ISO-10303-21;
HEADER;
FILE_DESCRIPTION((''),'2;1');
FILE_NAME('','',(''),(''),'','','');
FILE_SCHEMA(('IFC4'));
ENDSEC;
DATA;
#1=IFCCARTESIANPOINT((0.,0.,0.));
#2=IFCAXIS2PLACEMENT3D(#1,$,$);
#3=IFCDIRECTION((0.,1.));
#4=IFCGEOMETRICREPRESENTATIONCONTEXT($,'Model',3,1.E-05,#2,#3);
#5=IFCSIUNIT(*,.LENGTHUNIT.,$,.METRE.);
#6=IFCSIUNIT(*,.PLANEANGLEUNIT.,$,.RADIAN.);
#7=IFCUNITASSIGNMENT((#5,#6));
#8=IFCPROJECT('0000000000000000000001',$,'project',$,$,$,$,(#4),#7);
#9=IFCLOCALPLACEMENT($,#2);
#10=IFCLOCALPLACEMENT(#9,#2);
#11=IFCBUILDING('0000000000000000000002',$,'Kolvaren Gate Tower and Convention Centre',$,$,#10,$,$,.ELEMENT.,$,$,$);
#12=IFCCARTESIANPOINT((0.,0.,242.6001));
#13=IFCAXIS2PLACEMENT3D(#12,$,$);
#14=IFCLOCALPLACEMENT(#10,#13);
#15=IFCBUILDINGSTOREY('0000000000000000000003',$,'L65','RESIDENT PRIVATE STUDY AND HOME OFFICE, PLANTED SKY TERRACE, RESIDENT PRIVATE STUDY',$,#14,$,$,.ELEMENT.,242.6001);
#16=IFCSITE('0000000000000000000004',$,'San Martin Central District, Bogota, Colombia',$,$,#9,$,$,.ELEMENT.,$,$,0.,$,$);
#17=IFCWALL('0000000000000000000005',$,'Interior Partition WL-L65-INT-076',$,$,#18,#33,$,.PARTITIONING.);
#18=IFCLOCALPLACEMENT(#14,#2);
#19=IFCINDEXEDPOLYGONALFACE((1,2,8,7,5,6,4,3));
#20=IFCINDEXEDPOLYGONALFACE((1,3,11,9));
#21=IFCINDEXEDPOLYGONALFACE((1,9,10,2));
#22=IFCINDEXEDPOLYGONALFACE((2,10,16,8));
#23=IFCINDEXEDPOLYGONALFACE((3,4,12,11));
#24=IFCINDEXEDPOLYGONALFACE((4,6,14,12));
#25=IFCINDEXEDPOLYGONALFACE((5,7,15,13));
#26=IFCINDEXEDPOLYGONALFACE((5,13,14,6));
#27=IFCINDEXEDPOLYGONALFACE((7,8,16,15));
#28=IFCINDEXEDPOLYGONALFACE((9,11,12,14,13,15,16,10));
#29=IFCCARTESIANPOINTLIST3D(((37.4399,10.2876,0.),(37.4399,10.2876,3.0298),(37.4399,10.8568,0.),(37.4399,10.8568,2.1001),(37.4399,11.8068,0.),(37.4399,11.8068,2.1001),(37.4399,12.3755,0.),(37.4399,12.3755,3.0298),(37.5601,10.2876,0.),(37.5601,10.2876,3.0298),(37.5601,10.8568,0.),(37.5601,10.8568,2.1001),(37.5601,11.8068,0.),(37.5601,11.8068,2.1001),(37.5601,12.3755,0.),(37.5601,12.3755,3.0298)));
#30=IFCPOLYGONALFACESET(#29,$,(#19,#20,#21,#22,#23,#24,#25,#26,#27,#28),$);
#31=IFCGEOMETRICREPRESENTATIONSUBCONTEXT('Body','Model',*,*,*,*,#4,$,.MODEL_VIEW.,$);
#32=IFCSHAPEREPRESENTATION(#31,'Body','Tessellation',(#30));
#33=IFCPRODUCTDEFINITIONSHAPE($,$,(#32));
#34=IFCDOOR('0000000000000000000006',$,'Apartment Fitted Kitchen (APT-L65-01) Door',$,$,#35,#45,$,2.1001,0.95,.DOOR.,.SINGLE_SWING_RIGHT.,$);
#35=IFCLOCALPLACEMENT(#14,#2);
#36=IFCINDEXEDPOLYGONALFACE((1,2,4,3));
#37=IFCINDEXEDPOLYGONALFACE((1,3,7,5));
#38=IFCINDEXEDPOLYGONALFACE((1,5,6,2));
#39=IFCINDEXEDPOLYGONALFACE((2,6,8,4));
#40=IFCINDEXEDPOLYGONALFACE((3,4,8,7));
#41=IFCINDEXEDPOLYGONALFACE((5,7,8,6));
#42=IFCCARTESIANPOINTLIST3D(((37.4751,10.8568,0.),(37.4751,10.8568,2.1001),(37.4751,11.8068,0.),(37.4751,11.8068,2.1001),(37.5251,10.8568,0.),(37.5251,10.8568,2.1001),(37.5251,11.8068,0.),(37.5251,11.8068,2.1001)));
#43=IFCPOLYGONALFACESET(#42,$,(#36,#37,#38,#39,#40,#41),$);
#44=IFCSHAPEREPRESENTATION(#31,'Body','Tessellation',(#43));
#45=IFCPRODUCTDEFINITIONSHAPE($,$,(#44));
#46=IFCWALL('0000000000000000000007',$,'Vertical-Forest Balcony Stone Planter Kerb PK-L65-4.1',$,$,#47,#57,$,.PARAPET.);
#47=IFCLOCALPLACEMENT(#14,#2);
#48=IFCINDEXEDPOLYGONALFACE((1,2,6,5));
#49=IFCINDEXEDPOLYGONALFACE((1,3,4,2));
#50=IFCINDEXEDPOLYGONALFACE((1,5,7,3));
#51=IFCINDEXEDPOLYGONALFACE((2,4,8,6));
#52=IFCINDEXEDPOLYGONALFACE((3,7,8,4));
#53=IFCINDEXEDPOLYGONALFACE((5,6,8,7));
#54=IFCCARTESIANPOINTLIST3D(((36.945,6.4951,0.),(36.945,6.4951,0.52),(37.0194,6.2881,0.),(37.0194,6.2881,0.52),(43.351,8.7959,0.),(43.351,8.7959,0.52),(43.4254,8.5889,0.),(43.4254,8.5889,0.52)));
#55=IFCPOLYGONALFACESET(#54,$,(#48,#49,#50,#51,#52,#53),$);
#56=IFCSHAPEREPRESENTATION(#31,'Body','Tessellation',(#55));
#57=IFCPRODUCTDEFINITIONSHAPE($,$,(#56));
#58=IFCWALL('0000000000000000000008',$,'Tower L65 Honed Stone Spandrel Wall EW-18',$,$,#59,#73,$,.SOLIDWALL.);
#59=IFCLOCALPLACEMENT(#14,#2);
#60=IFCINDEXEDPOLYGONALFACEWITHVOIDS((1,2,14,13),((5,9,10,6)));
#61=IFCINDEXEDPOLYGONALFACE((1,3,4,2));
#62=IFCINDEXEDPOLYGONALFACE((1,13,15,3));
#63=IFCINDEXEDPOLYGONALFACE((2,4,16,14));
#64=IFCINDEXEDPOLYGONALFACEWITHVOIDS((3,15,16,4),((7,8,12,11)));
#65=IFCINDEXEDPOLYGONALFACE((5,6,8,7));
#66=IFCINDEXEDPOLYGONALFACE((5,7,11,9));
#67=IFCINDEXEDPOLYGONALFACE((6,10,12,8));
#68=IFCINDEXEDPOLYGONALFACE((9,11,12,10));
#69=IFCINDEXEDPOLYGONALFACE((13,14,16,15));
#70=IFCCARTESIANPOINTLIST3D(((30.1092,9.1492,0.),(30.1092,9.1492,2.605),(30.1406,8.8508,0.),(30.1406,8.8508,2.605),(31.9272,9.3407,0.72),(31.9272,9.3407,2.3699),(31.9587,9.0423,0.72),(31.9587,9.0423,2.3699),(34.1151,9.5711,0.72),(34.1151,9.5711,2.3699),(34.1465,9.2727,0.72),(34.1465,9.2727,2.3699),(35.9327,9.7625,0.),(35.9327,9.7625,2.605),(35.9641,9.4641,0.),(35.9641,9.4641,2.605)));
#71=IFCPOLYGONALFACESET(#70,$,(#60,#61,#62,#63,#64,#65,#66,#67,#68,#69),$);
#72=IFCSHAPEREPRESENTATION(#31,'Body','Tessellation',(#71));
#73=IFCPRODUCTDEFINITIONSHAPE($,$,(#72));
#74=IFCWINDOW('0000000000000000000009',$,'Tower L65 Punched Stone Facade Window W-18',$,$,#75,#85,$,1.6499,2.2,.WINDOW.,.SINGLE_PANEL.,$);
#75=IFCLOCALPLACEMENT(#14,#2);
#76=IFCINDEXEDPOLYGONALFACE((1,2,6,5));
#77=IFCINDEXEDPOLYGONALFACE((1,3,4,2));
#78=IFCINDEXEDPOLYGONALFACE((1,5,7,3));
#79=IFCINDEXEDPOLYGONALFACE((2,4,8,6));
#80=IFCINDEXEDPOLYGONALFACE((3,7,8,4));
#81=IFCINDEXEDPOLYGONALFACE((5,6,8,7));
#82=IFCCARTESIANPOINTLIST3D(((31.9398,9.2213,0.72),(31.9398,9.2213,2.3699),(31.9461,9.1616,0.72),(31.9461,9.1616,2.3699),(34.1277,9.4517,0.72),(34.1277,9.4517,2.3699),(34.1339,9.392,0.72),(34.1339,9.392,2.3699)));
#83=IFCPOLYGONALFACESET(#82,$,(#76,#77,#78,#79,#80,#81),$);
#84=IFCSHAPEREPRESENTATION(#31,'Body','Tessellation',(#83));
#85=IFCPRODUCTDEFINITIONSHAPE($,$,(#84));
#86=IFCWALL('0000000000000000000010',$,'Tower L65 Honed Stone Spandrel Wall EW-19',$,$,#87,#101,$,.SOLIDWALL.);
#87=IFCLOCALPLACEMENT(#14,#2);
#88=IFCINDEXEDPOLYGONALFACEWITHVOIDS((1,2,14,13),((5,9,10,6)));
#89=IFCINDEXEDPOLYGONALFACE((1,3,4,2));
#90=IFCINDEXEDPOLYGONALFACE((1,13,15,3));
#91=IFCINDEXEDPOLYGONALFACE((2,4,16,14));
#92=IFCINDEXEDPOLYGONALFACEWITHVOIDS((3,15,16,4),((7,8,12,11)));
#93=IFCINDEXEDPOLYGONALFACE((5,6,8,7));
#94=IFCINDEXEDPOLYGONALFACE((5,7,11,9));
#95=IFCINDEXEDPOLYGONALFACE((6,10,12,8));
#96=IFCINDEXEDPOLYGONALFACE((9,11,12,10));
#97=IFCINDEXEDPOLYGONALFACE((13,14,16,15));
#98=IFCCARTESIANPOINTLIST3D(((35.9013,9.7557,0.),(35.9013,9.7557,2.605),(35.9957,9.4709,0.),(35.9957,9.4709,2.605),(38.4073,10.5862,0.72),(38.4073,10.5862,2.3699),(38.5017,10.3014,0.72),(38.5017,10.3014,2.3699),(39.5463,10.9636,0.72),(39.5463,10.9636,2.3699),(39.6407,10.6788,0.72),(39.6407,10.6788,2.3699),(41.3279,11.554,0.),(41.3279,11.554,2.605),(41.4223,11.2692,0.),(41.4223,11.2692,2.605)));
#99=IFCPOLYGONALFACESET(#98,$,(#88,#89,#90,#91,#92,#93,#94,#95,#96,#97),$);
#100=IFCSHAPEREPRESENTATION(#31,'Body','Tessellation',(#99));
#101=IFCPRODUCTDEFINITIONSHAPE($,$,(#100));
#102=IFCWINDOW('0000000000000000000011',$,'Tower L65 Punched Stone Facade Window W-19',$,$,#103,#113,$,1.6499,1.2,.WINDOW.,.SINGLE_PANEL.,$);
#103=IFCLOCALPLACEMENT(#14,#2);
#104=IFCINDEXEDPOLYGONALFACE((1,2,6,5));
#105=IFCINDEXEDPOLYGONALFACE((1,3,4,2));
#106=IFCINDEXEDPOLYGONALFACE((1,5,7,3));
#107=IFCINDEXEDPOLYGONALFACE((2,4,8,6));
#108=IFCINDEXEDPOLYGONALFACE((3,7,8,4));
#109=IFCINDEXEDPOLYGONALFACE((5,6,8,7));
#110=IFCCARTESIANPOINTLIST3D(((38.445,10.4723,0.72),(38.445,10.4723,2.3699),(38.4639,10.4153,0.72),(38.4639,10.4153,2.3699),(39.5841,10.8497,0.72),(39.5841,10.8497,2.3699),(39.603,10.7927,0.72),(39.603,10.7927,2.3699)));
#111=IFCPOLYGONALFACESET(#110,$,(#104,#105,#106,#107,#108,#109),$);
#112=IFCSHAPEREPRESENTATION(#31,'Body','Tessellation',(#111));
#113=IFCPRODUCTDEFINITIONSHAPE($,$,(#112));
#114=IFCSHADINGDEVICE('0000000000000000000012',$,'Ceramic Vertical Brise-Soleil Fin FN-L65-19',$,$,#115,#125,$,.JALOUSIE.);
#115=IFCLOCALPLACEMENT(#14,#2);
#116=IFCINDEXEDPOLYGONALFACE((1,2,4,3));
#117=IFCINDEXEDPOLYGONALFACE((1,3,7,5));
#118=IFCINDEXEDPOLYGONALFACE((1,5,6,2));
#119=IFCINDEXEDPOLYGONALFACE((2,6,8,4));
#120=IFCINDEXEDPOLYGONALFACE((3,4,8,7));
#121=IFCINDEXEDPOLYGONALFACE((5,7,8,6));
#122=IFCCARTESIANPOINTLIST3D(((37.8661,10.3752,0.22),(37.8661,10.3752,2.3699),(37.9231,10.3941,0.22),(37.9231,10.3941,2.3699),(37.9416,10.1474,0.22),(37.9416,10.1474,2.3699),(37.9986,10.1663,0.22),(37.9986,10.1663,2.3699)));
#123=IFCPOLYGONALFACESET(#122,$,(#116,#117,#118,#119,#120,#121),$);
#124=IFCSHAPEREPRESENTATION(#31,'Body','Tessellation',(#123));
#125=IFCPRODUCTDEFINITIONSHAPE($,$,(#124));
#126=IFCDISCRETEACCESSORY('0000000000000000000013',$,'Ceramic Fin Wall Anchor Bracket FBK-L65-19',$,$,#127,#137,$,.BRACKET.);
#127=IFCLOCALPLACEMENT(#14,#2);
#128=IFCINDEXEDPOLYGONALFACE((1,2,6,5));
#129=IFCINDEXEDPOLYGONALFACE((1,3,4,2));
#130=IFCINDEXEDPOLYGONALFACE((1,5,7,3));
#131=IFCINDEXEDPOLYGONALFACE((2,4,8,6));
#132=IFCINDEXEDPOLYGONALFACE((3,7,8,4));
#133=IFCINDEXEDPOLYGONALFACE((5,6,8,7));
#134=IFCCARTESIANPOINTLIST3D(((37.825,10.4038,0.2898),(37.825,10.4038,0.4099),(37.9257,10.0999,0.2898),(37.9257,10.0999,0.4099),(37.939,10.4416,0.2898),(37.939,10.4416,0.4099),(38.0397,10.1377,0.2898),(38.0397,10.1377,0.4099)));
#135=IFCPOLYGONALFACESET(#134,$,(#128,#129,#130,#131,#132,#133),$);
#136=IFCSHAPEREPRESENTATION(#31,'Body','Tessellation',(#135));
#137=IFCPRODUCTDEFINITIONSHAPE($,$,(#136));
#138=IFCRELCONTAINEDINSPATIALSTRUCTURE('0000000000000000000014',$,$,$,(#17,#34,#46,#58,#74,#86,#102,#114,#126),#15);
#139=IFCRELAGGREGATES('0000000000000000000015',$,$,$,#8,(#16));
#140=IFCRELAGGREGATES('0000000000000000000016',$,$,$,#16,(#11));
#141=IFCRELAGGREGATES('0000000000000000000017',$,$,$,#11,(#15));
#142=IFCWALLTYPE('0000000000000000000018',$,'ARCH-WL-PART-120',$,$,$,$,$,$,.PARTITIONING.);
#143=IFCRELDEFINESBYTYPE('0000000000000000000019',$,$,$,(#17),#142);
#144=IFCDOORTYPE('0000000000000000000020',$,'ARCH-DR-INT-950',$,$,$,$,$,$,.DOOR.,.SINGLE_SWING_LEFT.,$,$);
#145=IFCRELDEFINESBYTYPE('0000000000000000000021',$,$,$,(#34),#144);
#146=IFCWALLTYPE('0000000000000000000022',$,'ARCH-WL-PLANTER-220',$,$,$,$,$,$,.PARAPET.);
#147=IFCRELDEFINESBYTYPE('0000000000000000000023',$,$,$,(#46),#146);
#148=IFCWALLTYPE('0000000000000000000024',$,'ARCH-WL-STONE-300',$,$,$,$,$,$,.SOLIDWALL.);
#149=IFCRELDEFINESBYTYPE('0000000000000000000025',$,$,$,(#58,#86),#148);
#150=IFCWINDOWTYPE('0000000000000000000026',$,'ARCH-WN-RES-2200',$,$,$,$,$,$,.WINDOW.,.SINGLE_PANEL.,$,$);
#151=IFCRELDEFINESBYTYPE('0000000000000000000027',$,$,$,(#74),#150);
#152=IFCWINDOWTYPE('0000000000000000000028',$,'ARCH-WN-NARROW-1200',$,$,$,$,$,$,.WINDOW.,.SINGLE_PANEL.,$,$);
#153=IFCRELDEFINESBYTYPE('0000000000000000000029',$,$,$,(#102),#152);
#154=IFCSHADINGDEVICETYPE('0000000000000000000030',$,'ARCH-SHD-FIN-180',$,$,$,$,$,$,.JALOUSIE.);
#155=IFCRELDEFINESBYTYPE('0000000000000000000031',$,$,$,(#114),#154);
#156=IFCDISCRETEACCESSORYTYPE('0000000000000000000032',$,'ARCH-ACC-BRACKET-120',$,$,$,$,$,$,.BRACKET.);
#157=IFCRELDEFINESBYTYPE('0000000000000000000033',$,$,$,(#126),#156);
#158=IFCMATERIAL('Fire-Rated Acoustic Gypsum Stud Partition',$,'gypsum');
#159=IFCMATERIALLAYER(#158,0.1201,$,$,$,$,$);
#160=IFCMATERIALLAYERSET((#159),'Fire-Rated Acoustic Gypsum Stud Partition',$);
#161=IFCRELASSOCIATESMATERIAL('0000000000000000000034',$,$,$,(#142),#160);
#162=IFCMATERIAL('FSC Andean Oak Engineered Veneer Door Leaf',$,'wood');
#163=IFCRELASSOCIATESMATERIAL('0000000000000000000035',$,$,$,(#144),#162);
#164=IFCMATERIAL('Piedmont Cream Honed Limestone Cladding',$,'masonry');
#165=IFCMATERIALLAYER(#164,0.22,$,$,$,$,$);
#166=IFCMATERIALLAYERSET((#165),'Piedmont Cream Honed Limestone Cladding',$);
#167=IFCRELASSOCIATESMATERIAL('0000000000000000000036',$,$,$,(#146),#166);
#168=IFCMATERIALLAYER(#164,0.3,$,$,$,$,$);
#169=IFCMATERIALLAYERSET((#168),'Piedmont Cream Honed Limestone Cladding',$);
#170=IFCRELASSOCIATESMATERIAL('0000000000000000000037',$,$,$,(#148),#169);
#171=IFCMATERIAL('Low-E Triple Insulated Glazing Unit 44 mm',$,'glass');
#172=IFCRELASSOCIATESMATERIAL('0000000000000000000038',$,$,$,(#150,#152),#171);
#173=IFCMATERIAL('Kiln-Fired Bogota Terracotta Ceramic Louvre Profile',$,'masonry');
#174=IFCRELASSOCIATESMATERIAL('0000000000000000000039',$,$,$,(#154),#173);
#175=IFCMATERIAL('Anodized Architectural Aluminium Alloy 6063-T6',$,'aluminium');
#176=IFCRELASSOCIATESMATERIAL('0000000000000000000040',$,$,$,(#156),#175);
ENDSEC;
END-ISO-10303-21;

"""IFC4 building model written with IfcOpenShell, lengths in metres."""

from ifc_helpers import new_model, si_unit, direction, frame, frame_2d, origin, origin_2d, place, context, subcontext, project, spatial, rectangle, extrude, material, layer, layer_set, type_object, element, fill, save


model = new_model("IFC4")

# Units and contexts
model_context = context("Model", 3, precision=1e-05, world=origin(), true_north=direction((0.0, 1.0)))
body_context = subcontext(model_context, "Body", "Model", "MODEL_VIEW")
ifc_project = project(units=[si_unit("LENGTHUNIT", "METRE"), si_unit("PLANEANGLEUNIT", "RADIAN")], contexts=[model_context])

# Site, building, storey
site_placement = place(None, origin())
site = spatial("IfcSite", under=ifc_project, at=site_placement, Name="San Martin Central District, Bogota, Colombia", CompositionType="ELEMENT", RefElevation=0.0)
building_placement = place(site_placement, origin())
building = spatial("IfcBuilding", under=site, at=building_placement, Name="Kolvaren Gate Tower and Convention Centre", CompositionType="ELEMENT")
storey_placement = place(building_placement, frame((0.0, 0.0, 242.6001)))
storey = spatial("IfcBuildingStorey", under=building, at=storey_placement, Name="L65", Description="RESIDENT PRIVATE STUDY AND HOME OFFICE, PLANTED SKY TERRACE, RESIDENT PRIVATE STUDY", CompositionType="ELEMENT", Elevation=242.6001)

# Shared definitions
ifc_material_1 = material(Name="Fire-Rated Acoustic Gypsum Stud Partition", Category="gypsum")
ifc_layer_1 = layer(ifc_material_1, 0.1201)
ifc_layer_set_1 = layer_set([ifc_layer_1], Name="Fire-Rated Acoustic Gypsum Stud Partition")
wall_type_1 = type_object("IfcWallType", Name="ARCH-WL-PART-120", PredefinedType="PARTITIONING", material=ifc_layer_set_1)

# Wall, opening, door
wall_1_placement = place(storey_placement, frame((37.5, 10.2876, 0.0), z_axis=(0.0, 0.0, 1.0), x_axis=(0.0, 1.0, 0.0)))
wall_1 = element("IfcWall", 1, at=wall_1_placement, inside=storey, type_object=wall_type_1, Name="Interior Partition WL-L65-INT-076", PredefinedType="PARTITIONING", context=body_context, shape_type="SweptSolid", body=[
    extrude(rectangle(XDim=2.0879, YDim=0.1201, at=frame_2d((1.0439, 0.0))), origin(), (0.0, 0.0, 1.0), 3.0298),
])
opening_1_placement = place(wall_1_placement, frame((0.5691, 0.0, 0.0)))
opening_1 = element("IfcOpeningElement", 2, at=opening_1_placement, cuts=wall_1, PredefinedType="OPENING", context=body_context, shape_type="SweptSolid", body=[
    extrude(rectangle(XDim=0.95, YDim=2.1001, at=frame_2d((0.4751, 1.05))), frame((0.0, 0.0701, 0.0), z_axis=(0.0, -1.0, 0.0), x_axis=(1.0, 0.0, 0.0)), (0.0, 0.0, 1.0), 0.1401),
])
ifc_material_2 = material(Name="FSC Andean Oak Engineered Veneer Door Leaf", Category="wood")
door_type = type_object("IfcDoorType", Name="ARCH-DR-INT-950", OperationType="SINGLE_SWING_LEFT", PredefinedType="DOOR", material=ifc_material_2)
door_placement = place(opening_1_placement, origin())
door = element("IfcDoor", 3, at=door_placement, inside=storey, type_object=door_type, Name="Apartment Fitted Kitchen (APT-L65-01) Door", OperationType="SINGLE_SWING_RIGHT", OverallHeight=2.1001, OverallWidth=0.95, PredefinedType="DOOR", context=body_context, shape_type="SweptSolid", body=[
    extrude(rectangle(XDim=0.95, YDim=2.1001, at=frame_2d((0.4751, 1.05))), frame((0.0, 0.0249, 0.0), z_axis=(0.0, -1.0, 0.0), x_axis=(1.0, 0.0, 0.0)), (0.0, 0.0, 1.0), 0.05),
])
fill(opening_1, door)

# Wall
ifc_material_3 = material(Name="Piedmont Cream Honed Limestone Cladding", Category="masonry")
ifc_layer_2 = layer(ifc_material_3, 0.22)
ifc_layer_set_2 = layer_set([ifc_layer_2], Name="Piedmont Cream Honed Limestone Cladding")
wall_type_2 = type_object("IfcWallType", Name="ARCH-WL-PLANTER-220", PredefinedType="PARAPET", material=ifc_layer_set_2)
wall_2_placement = place(storey_placement, frame((36.9822, 6.3916, 0.0), z_axis=(0.0, 0.0, 1.0), x_axis=(0.941139, 0.33802, 0.0)))
element("IfcWall", 4, at=wall_2_placement, inside=storey, type_object=wall_type_2, Name="Vertical-Forest Balcony Stone Planter Kerb PK-L65-4.1", PredefinedType="PARAPET", context=body_context, shape_type="SweptSolid", body=[
    extrude(rectangle(XDim=6.8066, YDim=0.22, at=frame_2d((3.4033, 0.0))), origin(), (0.0, 0.0, 1.0), 0.52),
])

# Walls, openings, windows
ifc_layer_3 = layer(ifc_material_3, 0.3)
ifc_layer_set_3 = layer_set([ifc_layer_3], Name="Piedmont Cream Honed Limestone Cladding")
wall_type_3 = type_object("IfcWallType", Name="ARCH-WL-STONE-300", PredefinedType="SOLIDWALL", material=ifc_layer_set_3)
wall_3_placement = place(storey_placement, frame((30.125, 9.0, 0.0), z_axis=(0.0, 0.0, 1.0), x_axis=(0.9945, 0.104733, 0.0)))
wall_3 = element("IfcWall", 5, at=wall_3_placement, inside=storey, type_object=wall_type_3, Name="Tower L65 Honed Stone Spandrel Wall EW-18", PredefinedType="SOLIDWALL", context=body_context, shape_type="SweptSolid", body=[
    extrude(rectangle(XDim=5.8557, YDim=0.3, at=frame_2d((2.9277, 0.0))), origin(), (0.0, 0.0, 1.0), 2.605),
])
opening_2_placement = place(wall_3_placement, frame((1.8279, 0.0, 0.72)))
opening_2 = element("IfcOpeningElement", 6, at=opening_2_placement, cuts=wall_3, PredefinedType="OPENING", context=body_context, shape_type="SweptSolid", body=[
    extrude(rectangle(XDim=2.2, YDim=1.6499, at=frame_2d((1.1001, 0.825))), frame((0.0, 0.1599, 0.0), z_axis=(0.0, -1.0, 0.0), x_axis=(1.0, 0.0, 0.0)), (0.0, 0.0, 1.0), 0.3201),
])
ifc_material_4 = material(Name="Low-E Triple Insulated Glazing Unit 44 mm", Category="glass")
window_type_1 = type_object("IfcWindowType", Name="ARCH-WN-RES-2200", PartitioningType="SINGLE_PANEL", PredefinedType="WINDOW", material=ifc_material_4)
window_1_placement = place(opening_2_placement, origin())
window_1 = element("IfcWindow", 7, at=window_1_placement, inside=storey, type_object=window_type_1, Name="Tower L65 Punched Stone Facade Window W-18", OverallHeight=1.6499, OverallWidth=2.2, PartitioningType="SINGLE_PANEL", PredefinedType="WINDOW", context=body_context, shape_type="SweptSolid", body=[
    extrude(rectangle(XDim=2.2, YDim=1.6499, at=frame_2d((1.1001, 0.825))), frame((0.0, 0.03, 0.0), z_axis=(0.0, -1.0, 0.0), x_axis=(1.0, 0.0, 0.0)), (0.0, 0.0, 1.0), 0.0601),
])
fill(opening_2, window_1)
wall_4_placement = place(storey_placement, frame((35.9485, 9.6133, 0.0), z_axis=(0.0, 0.0, 1.0), x_axis=(0.949233, 0.314575, 0.0)))
wall_4 = element("IfcWall", 8, at=wall_4_placement, inside=storey, type_object=wall_type_3, Name="Tower L65 Honed Stone Spandrel Wall EW-19", PredefinedType="SOLIDWALL", context=body_context, shape_type="SweptSolid", body=[
    extrude(rectangle(XDim=5.7168, YDim=0.3, at=frame_2d((2.8584, 0.0))), origin(), (0.0, 0.0, 1.0), 2.605),
])
opening_3_placement = place(wall_4_placement, frame((2.6399, 0.0, 0.72)))
opening_3 = element("IfcOpeningElement", 9, at=opening_3_placement, cuts=wall_4, PredefinedType="OPENING", context=body_context, shape_type="SweptSolid", body=[
    extrude(rectangle(XDim=1.2, YDim=1.6499, at=frame_2d((0.6001, 0.825))), frame((0.0, 0.1599, 0.0), z_axis=(0.0, -1.0, 0.0), x_axis=(1.0, 0.0, 0.0)), (0.0, 0.0, 1.0), 0.3201),
])
window_type_2 = type_object("IfcWindowType", Name="ARCH-WN-NARROW-1200", PartitioningType="SINGLE_PANEL", PredefinedType="WINDOW", material=ifc_material_4)
window_2_placement = place(opening_3_placement, origin())
window_2 = element("IfcWindow", 10, at=window_2_placement, inside=storey, type_object=window_type_2, Name="Tower L65 Punched Stone Facade Window W-19", OverallHeight=1.6499, OverallWidth=1.2, PartitioningType="SINGLE_PANEL", PredefinedType="WINDOW", context=body_context, shape_type="SweptSolid", body=[
    extrude(rectangle(XDim=1.2, YDim=1.6499, at=frame_2d((0.6001, 0.825))), frame((0.0, 0.03, 0.0), z_axis=(0.0, -1.0, 0.0), x_axis=(1.0, 0.0, 0.0)), (0.0, 0.0, 1.0), 0.0601),
])
fill(opening_3, window_2)

# Shading device
ifc_material_5 = material(Name="Kiln-Fired Bogota Terracotta Ceramic Louvre Profile", Category="masonry")
shading_device_type = type_object("IfcShadingDeviceType", Name="ARCH-SHD-FIN-180", PredefinedType="JALOUSIE", material=ifc_material_5)
shading_device_placement = place(storey_placement, frame((37.9324, 10.2708, 0.22), z_axis=(0.0, 0.0, 1.0), x_axis=(0.949242, 0.314548, 0.0)))
element("IfcShadingDevice", 11, at=shading_device_placement, inside=storey, type_object=shading_device_type, Name="Ceramic Vertical Brise-Soleil Fin FN-L65-19", PredefinedType="JALOUSIE", context=body_context, shape_type="SweptSolid", body=[
    extrude(rectangle(XDim=0.0601, YDim=0.24, at=origin_2d()), origin(), (0.0, 0.0, 1.0), 2.1499),
])

# Discrete accessory
ifc_material_6 = material(Name="Anodized Architectural Aluminium Alloy 6063-T6", Category="aluminium")
discrete_accessory_type = type_object("IfcDiscreteAccessoryType", Name="ARCH-ACC-BRACKET-120", PredefinedType="BRACKET", material=ifc_material_6)
discrete_accessory_placement = place(storey_placement, frame((37.9324, 10.2708, 0.2898), z_axis=(0.0, 0.0, 1.0), x_axis=(0.949242, 0.314548, 0.0)))
element("IfcDiscreteAccessory", 12, at=discrete_accessory_placement, inside=storey, type_object=discrete_accessory_type, Name="Ceramic Fin Wall Anchor Bracket FBK-L65-19", PredefinedType="BRACKET", context=body_context, shape_type="SweptSolid", body=[
    extrude(rectangle(XDim=0.1201, YDim=0.3201, at=origin_2d()), origin(), (0.0, 0.0, 1.0), 0.1201),
])

save(model, "model.ifc")
